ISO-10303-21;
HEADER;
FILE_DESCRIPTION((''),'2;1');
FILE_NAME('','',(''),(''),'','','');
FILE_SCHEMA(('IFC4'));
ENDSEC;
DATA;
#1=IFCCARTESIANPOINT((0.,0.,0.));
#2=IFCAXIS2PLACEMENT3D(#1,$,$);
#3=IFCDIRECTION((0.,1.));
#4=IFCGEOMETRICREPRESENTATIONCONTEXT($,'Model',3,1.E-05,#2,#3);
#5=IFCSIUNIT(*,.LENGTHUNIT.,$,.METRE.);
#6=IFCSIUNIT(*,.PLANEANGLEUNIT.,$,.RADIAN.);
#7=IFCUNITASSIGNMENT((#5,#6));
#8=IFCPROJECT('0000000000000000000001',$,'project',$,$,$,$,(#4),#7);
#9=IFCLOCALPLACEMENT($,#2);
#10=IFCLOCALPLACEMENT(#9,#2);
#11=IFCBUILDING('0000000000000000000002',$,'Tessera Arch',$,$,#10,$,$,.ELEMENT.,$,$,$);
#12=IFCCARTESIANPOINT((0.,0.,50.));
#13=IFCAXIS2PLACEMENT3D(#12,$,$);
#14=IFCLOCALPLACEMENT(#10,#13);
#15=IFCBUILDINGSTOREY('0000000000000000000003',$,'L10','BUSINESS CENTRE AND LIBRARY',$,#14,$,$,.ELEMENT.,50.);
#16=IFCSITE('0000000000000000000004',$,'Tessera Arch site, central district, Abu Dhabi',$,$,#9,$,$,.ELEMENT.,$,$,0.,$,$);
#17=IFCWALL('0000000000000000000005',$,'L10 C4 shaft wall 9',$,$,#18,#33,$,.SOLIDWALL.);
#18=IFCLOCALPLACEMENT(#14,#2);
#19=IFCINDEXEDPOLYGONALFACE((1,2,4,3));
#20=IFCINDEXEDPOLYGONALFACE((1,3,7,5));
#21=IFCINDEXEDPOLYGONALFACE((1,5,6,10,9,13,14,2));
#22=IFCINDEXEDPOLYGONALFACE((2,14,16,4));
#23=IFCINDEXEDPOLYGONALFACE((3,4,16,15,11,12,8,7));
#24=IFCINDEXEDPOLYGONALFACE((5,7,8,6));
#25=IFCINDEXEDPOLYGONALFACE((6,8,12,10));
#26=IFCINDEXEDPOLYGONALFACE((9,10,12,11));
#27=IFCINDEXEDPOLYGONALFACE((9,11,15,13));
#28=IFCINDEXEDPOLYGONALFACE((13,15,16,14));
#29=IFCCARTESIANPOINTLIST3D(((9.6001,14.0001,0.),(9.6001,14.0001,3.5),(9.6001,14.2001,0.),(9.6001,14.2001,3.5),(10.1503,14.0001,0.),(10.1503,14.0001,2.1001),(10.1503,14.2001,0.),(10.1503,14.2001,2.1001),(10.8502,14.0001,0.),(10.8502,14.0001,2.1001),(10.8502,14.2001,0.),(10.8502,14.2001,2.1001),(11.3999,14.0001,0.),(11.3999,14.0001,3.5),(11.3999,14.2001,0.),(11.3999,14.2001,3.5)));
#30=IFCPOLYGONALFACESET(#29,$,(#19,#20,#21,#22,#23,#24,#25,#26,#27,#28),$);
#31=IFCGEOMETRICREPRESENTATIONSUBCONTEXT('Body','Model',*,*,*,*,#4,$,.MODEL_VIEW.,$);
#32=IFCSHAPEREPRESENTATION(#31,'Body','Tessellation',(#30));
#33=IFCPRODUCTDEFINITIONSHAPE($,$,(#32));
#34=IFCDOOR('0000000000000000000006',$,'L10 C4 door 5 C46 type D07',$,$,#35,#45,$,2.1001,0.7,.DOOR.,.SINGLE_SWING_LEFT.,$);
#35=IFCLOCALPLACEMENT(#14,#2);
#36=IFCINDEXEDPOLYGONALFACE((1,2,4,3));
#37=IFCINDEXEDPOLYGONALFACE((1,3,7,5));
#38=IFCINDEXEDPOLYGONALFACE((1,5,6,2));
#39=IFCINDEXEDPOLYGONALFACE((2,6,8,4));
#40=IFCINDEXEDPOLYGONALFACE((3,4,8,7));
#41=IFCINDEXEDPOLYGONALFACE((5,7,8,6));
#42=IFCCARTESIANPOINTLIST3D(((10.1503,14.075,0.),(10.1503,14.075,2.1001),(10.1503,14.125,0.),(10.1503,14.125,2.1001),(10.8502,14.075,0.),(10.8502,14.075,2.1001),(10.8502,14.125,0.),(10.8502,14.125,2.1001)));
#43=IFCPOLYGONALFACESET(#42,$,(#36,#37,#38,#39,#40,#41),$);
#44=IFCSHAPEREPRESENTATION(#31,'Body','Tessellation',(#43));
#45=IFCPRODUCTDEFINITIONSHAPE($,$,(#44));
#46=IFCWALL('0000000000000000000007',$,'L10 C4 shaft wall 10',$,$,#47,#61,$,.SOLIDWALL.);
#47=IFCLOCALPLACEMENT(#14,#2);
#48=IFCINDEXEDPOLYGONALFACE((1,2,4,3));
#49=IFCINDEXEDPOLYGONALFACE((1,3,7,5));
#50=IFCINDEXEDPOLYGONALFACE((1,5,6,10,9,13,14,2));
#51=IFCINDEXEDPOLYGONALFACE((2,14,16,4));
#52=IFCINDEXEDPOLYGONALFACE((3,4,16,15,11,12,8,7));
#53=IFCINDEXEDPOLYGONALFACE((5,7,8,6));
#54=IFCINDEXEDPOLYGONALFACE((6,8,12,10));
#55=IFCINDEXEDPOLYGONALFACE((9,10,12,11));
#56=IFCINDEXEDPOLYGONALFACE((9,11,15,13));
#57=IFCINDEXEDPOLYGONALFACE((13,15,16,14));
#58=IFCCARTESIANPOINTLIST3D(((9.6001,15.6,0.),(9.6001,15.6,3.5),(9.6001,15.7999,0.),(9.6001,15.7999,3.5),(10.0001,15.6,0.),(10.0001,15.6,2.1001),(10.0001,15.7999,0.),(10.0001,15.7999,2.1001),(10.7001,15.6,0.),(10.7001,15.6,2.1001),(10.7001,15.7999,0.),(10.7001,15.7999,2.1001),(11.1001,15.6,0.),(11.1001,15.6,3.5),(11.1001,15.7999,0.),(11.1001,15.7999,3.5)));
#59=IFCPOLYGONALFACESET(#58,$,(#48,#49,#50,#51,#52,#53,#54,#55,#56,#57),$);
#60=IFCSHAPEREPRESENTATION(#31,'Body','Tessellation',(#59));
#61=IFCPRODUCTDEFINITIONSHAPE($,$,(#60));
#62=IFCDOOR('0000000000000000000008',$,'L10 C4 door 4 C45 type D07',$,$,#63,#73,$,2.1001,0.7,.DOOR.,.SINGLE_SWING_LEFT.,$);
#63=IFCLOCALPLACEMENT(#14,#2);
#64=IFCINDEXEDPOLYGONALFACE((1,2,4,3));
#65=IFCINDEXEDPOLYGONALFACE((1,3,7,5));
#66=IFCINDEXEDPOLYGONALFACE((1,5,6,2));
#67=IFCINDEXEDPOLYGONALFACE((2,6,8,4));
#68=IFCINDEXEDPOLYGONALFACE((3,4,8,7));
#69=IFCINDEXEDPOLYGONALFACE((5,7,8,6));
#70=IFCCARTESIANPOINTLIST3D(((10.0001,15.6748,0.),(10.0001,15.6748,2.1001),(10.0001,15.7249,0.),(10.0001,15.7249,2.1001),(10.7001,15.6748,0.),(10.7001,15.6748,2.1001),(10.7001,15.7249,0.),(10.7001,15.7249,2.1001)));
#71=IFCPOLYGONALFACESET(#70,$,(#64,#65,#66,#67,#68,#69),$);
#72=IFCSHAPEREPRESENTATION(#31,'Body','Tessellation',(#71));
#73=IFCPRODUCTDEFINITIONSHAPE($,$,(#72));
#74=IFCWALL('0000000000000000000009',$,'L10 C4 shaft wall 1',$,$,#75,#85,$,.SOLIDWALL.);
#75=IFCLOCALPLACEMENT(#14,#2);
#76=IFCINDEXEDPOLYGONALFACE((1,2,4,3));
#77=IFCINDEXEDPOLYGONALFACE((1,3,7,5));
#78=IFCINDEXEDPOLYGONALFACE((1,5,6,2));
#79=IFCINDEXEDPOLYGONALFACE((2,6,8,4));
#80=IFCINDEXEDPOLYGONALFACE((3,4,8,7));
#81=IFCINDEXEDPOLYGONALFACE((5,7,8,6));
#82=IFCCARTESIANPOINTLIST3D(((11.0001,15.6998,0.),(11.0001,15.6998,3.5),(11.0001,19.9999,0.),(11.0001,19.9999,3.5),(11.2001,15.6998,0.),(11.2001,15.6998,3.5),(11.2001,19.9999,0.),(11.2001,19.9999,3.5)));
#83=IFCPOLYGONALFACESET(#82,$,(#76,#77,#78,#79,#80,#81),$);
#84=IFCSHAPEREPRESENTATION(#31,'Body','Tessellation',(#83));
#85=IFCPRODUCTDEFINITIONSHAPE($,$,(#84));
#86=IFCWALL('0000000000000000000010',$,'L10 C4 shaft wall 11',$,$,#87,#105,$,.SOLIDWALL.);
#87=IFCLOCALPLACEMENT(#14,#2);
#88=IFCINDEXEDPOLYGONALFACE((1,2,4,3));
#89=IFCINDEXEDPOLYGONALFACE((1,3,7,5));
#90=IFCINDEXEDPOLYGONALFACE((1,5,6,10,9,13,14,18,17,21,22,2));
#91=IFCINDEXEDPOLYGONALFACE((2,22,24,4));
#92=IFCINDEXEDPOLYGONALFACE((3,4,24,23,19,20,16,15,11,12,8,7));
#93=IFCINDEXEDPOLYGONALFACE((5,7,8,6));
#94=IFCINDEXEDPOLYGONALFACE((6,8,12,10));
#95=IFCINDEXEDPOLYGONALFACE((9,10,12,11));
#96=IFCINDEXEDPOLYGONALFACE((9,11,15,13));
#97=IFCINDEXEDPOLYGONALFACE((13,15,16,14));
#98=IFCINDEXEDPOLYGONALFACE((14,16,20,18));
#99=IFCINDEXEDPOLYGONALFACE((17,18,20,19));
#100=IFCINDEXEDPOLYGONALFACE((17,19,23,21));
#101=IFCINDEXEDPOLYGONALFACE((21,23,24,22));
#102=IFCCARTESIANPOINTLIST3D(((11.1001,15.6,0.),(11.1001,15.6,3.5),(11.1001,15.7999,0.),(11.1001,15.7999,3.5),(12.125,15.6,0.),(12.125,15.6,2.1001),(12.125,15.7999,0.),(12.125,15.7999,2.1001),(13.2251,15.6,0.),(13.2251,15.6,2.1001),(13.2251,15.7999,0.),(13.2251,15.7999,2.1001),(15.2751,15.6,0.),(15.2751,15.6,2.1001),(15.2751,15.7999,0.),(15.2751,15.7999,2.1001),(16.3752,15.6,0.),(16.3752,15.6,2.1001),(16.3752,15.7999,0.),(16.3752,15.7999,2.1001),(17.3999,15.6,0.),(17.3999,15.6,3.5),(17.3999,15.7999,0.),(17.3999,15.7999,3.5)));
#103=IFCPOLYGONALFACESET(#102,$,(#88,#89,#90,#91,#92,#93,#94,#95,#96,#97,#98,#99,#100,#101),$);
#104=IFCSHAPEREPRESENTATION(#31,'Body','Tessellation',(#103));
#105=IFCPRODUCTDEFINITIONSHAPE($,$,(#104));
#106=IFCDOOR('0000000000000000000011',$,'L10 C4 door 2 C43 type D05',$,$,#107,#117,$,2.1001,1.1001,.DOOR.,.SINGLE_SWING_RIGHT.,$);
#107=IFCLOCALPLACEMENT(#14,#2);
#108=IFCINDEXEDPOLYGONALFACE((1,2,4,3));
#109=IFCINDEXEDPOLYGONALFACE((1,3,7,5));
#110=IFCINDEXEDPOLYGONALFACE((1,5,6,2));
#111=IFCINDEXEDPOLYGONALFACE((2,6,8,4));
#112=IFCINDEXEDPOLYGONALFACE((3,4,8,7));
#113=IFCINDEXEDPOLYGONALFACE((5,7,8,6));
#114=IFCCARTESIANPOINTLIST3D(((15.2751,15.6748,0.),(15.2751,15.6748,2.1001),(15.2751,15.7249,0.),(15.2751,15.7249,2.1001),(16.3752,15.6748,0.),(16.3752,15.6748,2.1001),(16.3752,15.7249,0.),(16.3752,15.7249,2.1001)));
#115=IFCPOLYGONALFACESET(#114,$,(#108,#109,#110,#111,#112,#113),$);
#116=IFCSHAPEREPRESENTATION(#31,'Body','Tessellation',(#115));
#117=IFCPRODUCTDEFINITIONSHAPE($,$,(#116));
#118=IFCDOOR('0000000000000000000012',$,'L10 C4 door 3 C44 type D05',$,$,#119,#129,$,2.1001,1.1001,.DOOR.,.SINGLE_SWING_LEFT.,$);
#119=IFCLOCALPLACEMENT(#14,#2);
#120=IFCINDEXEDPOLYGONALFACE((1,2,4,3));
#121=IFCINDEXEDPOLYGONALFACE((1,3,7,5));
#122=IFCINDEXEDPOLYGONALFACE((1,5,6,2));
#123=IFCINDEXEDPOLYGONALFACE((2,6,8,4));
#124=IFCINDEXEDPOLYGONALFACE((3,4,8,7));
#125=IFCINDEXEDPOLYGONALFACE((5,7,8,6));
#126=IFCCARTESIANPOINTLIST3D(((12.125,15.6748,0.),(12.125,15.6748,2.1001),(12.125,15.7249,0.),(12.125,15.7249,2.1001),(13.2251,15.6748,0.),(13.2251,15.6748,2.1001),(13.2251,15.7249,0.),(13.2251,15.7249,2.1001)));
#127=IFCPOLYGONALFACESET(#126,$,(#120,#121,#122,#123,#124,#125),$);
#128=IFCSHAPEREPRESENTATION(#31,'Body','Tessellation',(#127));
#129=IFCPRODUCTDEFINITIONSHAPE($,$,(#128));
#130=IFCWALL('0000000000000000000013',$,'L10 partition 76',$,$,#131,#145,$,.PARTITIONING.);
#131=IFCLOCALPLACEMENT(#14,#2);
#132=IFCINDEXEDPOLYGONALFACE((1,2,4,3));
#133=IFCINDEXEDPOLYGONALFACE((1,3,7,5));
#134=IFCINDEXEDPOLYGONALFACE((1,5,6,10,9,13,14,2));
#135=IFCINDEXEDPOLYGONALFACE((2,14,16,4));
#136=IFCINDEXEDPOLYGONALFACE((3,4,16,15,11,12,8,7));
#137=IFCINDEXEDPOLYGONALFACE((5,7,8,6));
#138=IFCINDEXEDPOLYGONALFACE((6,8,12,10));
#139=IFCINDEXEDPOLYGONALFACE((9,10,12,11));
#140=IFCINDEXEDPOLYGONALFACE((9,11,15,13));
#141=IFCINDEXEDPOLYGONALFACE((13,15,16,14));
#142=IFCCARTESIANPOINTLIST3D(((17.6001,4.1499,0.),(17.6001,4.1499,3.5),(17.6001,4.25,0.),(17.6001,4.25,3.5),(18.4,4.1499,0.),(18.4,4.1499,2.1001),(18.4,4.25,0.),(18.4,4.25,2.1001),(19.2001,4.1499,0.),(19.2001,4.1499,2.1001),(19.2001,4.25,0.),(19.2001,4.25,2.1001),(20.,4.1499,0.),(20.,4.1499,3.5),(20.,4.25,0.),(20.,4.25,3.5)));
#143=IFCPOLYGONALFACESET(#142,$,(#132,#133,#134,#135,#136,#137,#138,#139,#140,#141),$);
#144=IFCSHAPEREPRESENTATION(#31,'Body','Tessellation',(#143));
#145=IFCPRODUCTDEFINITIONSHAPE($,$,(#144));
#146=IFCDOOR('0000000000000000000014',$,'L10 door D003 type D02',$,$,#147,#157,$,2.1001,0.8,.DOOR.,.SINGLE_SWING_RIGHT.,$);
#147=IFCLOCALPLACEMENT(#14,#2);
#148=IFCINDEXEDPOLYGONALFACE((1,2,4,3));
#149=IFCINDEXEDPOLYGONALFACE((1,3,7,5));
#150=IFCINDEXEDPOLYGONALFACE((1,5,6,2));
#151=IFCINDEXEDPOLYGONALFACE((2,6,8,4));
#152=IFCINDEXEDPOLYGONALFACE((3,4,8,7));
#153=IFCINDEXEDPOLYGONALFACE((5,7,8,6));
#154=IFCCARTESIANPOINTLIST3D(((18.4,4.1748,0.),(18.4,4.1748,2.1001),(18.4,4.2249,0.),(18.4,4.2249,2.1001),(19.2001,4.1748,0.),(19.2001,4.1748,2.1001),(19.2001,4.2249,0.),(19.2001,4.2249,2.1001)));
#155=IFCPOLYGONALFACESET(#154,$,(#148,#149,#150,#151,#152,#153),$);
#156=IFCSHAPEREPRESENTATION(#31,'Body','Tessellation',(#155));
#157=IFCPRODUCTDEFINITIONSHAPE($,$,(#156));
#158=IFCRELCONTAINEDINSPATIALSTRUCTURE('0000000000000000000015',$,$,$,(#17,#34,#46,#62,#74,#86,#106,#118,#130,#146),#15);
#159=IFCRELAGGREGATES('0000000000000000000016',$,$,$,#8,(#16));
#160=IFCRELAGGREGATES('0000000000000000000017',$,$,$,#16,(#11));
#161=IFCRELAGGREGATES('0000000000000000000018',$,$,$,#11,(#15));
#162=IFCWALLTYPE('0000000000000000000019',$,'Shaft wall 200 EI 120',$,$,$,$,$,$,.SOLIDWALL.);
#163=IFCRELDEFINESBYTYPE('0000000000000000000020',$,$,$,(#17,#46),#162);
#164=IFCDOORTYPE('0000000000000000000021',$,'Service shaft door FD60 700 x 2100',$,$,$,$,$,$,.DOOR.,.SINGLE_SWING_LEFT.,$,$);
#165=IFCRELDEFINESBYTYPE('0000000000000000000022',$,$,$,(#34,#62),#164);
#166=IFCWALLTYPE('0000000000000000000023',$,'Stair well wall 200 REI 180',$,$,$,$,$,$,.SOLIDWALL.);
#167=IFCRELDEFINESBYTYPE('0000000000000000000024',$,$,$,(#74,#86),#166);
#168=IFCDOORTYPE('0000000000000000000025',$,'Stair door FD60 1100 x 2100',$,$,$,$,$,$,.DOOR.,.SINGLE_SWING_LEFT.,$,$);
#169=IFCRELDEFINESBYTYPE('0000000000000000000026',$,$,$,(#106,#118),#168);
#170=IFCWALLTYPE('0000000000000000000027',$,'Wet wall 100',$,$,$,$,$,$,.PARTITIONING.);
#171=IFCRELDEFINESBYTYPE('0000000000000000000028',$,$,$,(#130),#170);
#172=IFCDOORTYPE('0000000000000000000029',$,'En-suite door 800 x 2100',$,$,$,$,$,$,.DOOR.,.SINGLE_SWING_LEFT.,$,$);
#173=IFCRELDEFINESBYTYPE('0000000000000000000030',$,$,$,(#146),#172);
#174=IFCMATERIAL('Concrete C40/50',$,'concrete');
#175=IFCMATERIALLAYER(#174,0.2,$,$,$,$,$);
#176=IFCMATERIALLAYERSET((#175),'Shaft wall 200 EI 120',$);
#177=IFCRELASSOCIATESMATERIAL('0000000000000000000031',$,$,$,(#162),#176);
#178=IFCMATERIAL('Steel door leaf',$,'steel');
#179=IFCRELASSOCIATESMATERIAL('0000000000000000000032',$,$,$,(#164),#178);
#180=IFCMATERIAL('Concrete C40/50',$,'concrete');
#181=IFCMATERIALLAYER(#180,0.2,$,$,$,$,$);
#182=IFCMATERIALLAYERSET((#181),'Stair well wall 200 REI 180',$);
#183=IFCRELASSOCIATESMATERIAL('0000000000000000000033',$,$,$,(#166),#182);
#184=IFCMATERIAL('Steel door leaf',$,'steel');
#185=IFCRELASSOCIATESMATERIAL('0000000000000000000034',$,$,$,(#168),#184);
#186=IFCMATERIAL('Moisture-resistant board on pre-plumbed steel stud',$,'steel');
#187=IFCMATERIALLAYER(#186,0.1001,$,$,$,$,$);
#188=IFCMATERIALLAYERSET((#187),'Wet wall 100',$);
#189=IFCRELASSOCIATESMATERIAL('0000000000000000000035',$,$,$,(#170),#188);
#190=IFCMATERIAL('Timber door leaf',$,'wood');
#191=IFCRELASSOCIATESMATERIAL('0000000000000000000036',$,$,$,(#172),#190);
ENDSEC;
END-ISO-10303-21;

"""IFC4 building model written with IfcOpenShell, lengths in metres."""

from ifc_helpers import new_model, si_unit, direction, frame, frame_2d, origin, place, context, subcontext, project, spatial, rectangle, extrude, material, layer, layer_set, type_object, element, fill, save


model = new_model("IFC4")

# Units and contexts
model_context = context("Model", 3, precision=1e-05, world=origin(), true_north=direction((0.0, 1.0)))
body_context = subcontext(model_context, "Body", "Model", "MODEL_VIEW")
ifc_project = project(units=[si_unit("LENGTHUNIT", "METRE"), si_unit("PLANEANGLEUNIT", "RADIAN")], contexts=[model_context])

# Site, building, storey
site_placement = place(None, origin())
site = spatial("IfcSite", under=ifc_project, at=site_placement, Name="Tessera Arch site, central district, Abu Dhabi", CompositionType="ELEMENT", RefElevation=0.0)
building_placement = place(site_placement, origin())
building = spatial("IfcBuilding", under=site, at=building_placement, Name="Tessera Arch", CompositionType="ELEMENT")
storey_placement = place(building_placement, frame((0.0, 0.0, 50.0)))
storey = spatial("IfcBuildingStorey", under=building, at=storey_placement, Name="L10", Description="BUSINESS CENTRE AND LIBRARY", CompositionType="ELEMENT", Elevation=50.0)

# Shared definitions
ifc_material_1 = material(Name="Concrete C40/50", Category="concrete")
ifc_layer_1 = layer(ifc_material_1, 0.2)
ifc_layer_set_1 = layer_set([ifc_layer_1], Name="Shaft wall 200 EI 120")
wall_type_1 = type_object("IfcWallType", Name="Shaft wall 200 EI 120", PredefinedType="SOLIDWALL", material=ifc_layer_set_1)

# Walls, openings, doors
wall_1_placement = place(storey_placement, frame((9.6001, 14.1001, 0.0), z_axis=(0.0, 0.0, 1.0), x_axis=(1.0, 0.0, 0.0)))
wall_1 = element("IfcWall", 1, at=wall_1_placement, inside=storey, type_object=wall_type_1, Name="L10 C4 shaft wall 9", PredefinedType="SOLIDWALL", context=body_context, shape_type="SweptSolid", body=[
    extrude(rectangle(XDim=1.7998, YDim=0.2, at=frame_2d((0.8999, 0.0))), origin(), (0.0, 0.0, 1.0), 3.5),
])
opening_1_placement = place(wall_1_placement, frame((0.55, 0.0, 0.0)))
opening_1 = element("IfcOpeningElement", 2, at=opening_1_placement, cuts=wall_1, PredefinedType="OPENING", context=body_context, shape_type="SweptSolid", body=[
    extrude(rectangle(XDim=0.7, YDim=2.1001, at=frame_2d((0.3501, 1.05))), frame((0.0, 0.1099, 0.0), z_axis=(0.0, -1.0, 0.0), x_axis=(1.0, 0.0, 0.0)), (0.0, 0.0, 1.0), 0.22),
])
ifc_material_2 = material(Name="Steel door leaf", Category="steel")
door_type_1 = type_object("IfcDoorType", Name="Service shaft door FD60 700 x 2100", OperationType="SINGLE_SWING_LEFT", PredefinedType="DOOR", material=ifc_material_2)
door_1_placement = place(opening_1_placement, origin())
door_1 = element("IfcDoor", 3, at=door_1_placement, inside=storey, type_object=door_type_1, Name="L10 C4 door 5 C46 type D07", OperationType="SINGLE_SWING_LEFT", OverallHeight=2.1001, OverallWidth=0.7, PredefinedType="DOOR", context=body_context, shape_type="SweptSolid", body=[
    extrude(rectangle(XDim=0.7, YDim=2.1001, at=frame_2d((0.3501, 1.05))), frame((0.0, 0.0249, 0.0), z_axis=(0.0, -1.0, 0.0), x_axis=(1.0, 0.0, 0.0)), (0.0, 0.0, 1.0), 0.05),
])
fill(opening_1, door_1)
wall_2_placement = place(storey_placement, frame((9.6001, 15.7, 0.0), z_axis=(0.0, 0.0, 1.0), x_axis=(1.0, 0.0, 0.0)))
wall_2 = element("IfcWall", 4, at=wall_2_placement, inside=storey, type_object=wall_type_1, Name="L10 C4 shaft wall 10", PredefinedType="SOLIDWALL", context=body_context, shape_type="SweptSolid", body=[
    extrude(rectangle(XDim=1.5, YDim=0.2, at=frame_2d((0.75, 0.0))), origin(), (0.0, 0.0, 1.0), 3.5),
])
opening_2_placement = place(wall_2_placement, frame((0.3999, 0.0, 0.0)))
opening_2 = element("IfcOpeningElement", 5, at=opening_2_placement, cuts=wall_2, PredefinedType="OPENING", context=body_context, shape_type="SweptSolid", body=[
    extrude(rectangle(XDim=0.7, YDim=2.1001, at=frame_2d((0.3501, 1.05))), frame((0.0, 0.1099, 0.0), z_axis=(0.0, -1.0, 0.0), x_axis=(1.0, 0.0, 0.0)), (0.0, 0.0, 1.0), 0.22),
])
door_2_placement = place(opening_2_placement, origin())
door_2 = element("IfcDoor", 6, at=door_2_placement, inside=storey, type_object=door_type_1, Name="L10 C4 door 4 C45 type D07", OperationType="SINGLE_SWING_LEFT", OverallHeight=2.1001, OverallWidth=0.7, PredefinedType="DOOR", context=body_context, shape_type="SweptSolid", body=[
    extrude(rectangle(XDim=0.7, YDim=2.1001, at=frame_2d((0.3501, 1.05))), frame((0.0, 0.0249, 0.0), z_axis=(0.0, -1.0, 0.0), x_axis=(1.0, 0.0, 0.0)), (0.0, 0.0, 1.0), 0.05),
])
fill(opening_2, door_2)

# Wall
ifc_material_3 = material(Name="Concrete C40/50", Category="concrete")
ifc_layer_2 = layer(ifc_material_3, 0.2)
ifc_layer_set_2 = layer_set([ifc_layer_2], Name="Stair well wall 200 REI 180")
wall_type_2 = type_object("IfcWallType", Name="Stair well wall 200 REI 180", PredefinedType="SOLIDWALL", material=ifc_layer_set_2)
wall_3_placement = place(storey_placement, frame((11.1001, 15.7, 0.0), z_axis=(0.0, 0.0, 1.0), x_axis=(0.0, 1.0, 0.0)))
element("IfcWall", 7, at=wall_3_placement, inside=storey, type_object=wall_type_2, Name="L10 C4 shaft wall 1", PredefinedType="SOLIDWALL", context=body_context, shape_type="SweptSolid", body=[
    extrude(rectangle(XDim=4.3, YDim=0.2, at=frame_2d((2.1499, 0.0))), origin(), (0.0, 0.0, 1.0), 3.5),
])

# Wall, openings, doors
wall_4_placement = place(storey_placement, frame((11.1001, 15.7, 0.0), z_axis=(0.0, 0.0, 1.0), x_axis=(1.0, 0.0, 0.0)))
wall_4 = element("IfcWall", 8, at=wall_4_placement, inside=storey, type_object=wall_type_2, Name="L10 C4 shaft wall 11", PredefinedType="SOLIDWALL", context=body_context, shape_type="SweptSolid", body=[
    extrude(rectangle(XDim=6.2998, YDim=0.2, at=frame_2d((3.1499, 0.0))), origin(), (0.0, 0.0, 1.0), 3.5),
])
opening_3_placement = place(wall_4_placement, frame((4.175, 0.0, 0.0)))
opening_3 = element("IfcOpeningElement", 9, at=opening_3_placement, cuts=wall_4, PredefinedType="OPENING", context=body_context, shape_type="SweptSolid", body=[
    extrude(rectangle(XDim=1.1001, YDim=2.1001, at=frame_2d((0.55, 1.05))), frame((0.0, 0.1099, 0.0), z_axis=(0.0, -1.0, 0.0), x_axis=(1.0, 0.0, 0.0)), (0.0, 0.0, 1.0), 0.22),
])
opening_4_placement = place(wall_4_placement, frame((1.0249, 0.0, 0.0)))
opening_4 = element("IfcOpeningElement", 10, at=opening_4_placement, cuts=wall_4, PredefinedType="OPENING", context=body_context, shape_type="SweptSolid", body=[
    extrude(rectangle(XDim=1.1001, YDim=2.1001, at=frame_2d((0.55, 1.05))), frame((0.0, 0.1099, 0.0), z_axis=(0.0, -1.0, 0.0), x_axis=(1.0, 0.0, 0.0)), (0.0, 0.0, 1.0), 0.22),
])
ifc_material_4 = material(Name="Steel door leaf", Category="steel")
door_type_2 = type_object("IfcDoorType", Name="Stair door FD60 1100 x 2100", OperationType="SINGLE_SWING_LEFT", PredefinedType="DOOR", material=ifc_material_4)
door_3_placement = place(opening_3_placement, origin())
door_3 = element("IfcDoor", 11, at=door_3_placement, inside=storey, type_object=door_type_2, Name="L10 C4 door 2 C43 type D05", OperationType="SINGLE_SWING_RIGHT", OverallHeight=2.1001, OverallWidth=1.1001, PredefinedType="DOOR", context=body_context, shape_type="SweptSolid", body=[
    extrude(rectangle(XDim=1.1001, YDim=2.1001, at=frame_2d((0.55, 1.05))), frame((0.0, 0.0249, 0.0), z_axis=(0.0, -1.0, 0.0), x_axis=(1.0, 0.0, 0.0)), (0.0, 0.0, 1.0), 0.05),
])
fill(opening_3, door_3)
door_4_placement = place(opening_4_placement, origin())
door_4 = element("IfcDoor", 12, at=door_4_placement, inside=storey, type_object=door_type_2, Name="L10 C4 door 3 C44 type D05", OperationType="SINGLE_SWING_LEFT", OverallHeight=2.1001, OverallWidth=1.1001, PredefinedType="DOOR", context=body_context, shape_type="SweptSolid", body=[
    extrude(rectangle(XDim=1.1001, YDim=2.1001, at=frame_2d((0.55, 1.05))), frame((0.0, 0.0249, 0.0), z_axis=(0.0, -1.0, 0.0), x_axis=(1.0, 0.0, 0.0)), (0.0, 0.0, 1.0), 0.05),
])
fill(opening_4, door_4)

# Wall, opening, door
ifc_material_5 = material(Name="Moisture-resistant board on pre-plumbed steel stud", Category="steel")
ifc_layer_3 = layer(ifc_material_5, 0.1001)
ifc_layer_set_3 = layer_set([ifc_layer_3], Name="Wet wall 100")
wall_type_3 = type_object("IfcWallType", Name="Wet wall 100", PredefinedType="PARTITIONING", material=ifc_layer_set_3)
wall_5_placement = place(storey_placement, frame((17.6001, 4.2, 0.0), z_axis=(0.0, 0.0, 1.0), x_axis=(1.0, 0.0, 0.0)))
wall_5 = element("IfcWall", 13, at=wall_5_placement, inside=storey, type_object=wall_type_3, Name="L10 partition 76", PredefinedType="PARTITIONING", context=body_context, shape_type="SweptSolid", body=[
    extrude(rectangle(XDim=2.3999, YDim=0.1001, at=frame_2d((1.2, 0.0))), origin(), (0.0, 0.0, 1.0), 3.5),
])
opening_5_placement = place(wall_5_placement, frame((0.8, 0.0, 0.0)))
opening_5 = element("IfcOpeningElement", 14, at=opening_5_placement, cuts=wall_5, PredefinedType="OPENING", context=body_context, shape_type="SweptSolid", body=[
    extrude(rectangle(XDim=0.8, YDim=2.1001, at=frame_2d((0.3999, 1.05))), frame((0.0, 0.0601, 0.0), z_axis=(0.0, -1.0, 0.0), x_axis=(1.0, 0.0, 0.0)), (0.0, 0.0, 1.0), 0.1201),
])
ifc_material_6 = material(Name="Timber door leaf", Category="wood")
door_type_3 = type_object("IfcDoorType", Name="En-suite door 800 x 2100", OperationType="SINGLE_SWING_LEFT", PredefinedType="DOOR", material=ifc_material_6)
door_5_placement = place(opening_5_placement, origin())
door_5 = element("IfcDoor", 15, at=door_5_placement, inside=storey, type_object=door_type_3, Name="L10 door D003 type D02", OperationType="SINGLE_SWING_RIGHT", OverallHeight=2.1001, OverallWidth=0.8, PredefinedType="DOOR", context=body_context, shape_type="SweptSolid", body=[
    extrude(rectangle(XDim=0.8, YDim=2.1001, at=frame_2d((0.3999, 1.05))), frame((0.0, 0.0249, 0.0), z_axis=(0.0, -1.0, 0.0), x_axis=(1.0, 0.0, 0.0)), (0.0, 0.0, 1.0), 0.05),
])
fill(opening_5, door_5)

save(model, "model.ifc")
